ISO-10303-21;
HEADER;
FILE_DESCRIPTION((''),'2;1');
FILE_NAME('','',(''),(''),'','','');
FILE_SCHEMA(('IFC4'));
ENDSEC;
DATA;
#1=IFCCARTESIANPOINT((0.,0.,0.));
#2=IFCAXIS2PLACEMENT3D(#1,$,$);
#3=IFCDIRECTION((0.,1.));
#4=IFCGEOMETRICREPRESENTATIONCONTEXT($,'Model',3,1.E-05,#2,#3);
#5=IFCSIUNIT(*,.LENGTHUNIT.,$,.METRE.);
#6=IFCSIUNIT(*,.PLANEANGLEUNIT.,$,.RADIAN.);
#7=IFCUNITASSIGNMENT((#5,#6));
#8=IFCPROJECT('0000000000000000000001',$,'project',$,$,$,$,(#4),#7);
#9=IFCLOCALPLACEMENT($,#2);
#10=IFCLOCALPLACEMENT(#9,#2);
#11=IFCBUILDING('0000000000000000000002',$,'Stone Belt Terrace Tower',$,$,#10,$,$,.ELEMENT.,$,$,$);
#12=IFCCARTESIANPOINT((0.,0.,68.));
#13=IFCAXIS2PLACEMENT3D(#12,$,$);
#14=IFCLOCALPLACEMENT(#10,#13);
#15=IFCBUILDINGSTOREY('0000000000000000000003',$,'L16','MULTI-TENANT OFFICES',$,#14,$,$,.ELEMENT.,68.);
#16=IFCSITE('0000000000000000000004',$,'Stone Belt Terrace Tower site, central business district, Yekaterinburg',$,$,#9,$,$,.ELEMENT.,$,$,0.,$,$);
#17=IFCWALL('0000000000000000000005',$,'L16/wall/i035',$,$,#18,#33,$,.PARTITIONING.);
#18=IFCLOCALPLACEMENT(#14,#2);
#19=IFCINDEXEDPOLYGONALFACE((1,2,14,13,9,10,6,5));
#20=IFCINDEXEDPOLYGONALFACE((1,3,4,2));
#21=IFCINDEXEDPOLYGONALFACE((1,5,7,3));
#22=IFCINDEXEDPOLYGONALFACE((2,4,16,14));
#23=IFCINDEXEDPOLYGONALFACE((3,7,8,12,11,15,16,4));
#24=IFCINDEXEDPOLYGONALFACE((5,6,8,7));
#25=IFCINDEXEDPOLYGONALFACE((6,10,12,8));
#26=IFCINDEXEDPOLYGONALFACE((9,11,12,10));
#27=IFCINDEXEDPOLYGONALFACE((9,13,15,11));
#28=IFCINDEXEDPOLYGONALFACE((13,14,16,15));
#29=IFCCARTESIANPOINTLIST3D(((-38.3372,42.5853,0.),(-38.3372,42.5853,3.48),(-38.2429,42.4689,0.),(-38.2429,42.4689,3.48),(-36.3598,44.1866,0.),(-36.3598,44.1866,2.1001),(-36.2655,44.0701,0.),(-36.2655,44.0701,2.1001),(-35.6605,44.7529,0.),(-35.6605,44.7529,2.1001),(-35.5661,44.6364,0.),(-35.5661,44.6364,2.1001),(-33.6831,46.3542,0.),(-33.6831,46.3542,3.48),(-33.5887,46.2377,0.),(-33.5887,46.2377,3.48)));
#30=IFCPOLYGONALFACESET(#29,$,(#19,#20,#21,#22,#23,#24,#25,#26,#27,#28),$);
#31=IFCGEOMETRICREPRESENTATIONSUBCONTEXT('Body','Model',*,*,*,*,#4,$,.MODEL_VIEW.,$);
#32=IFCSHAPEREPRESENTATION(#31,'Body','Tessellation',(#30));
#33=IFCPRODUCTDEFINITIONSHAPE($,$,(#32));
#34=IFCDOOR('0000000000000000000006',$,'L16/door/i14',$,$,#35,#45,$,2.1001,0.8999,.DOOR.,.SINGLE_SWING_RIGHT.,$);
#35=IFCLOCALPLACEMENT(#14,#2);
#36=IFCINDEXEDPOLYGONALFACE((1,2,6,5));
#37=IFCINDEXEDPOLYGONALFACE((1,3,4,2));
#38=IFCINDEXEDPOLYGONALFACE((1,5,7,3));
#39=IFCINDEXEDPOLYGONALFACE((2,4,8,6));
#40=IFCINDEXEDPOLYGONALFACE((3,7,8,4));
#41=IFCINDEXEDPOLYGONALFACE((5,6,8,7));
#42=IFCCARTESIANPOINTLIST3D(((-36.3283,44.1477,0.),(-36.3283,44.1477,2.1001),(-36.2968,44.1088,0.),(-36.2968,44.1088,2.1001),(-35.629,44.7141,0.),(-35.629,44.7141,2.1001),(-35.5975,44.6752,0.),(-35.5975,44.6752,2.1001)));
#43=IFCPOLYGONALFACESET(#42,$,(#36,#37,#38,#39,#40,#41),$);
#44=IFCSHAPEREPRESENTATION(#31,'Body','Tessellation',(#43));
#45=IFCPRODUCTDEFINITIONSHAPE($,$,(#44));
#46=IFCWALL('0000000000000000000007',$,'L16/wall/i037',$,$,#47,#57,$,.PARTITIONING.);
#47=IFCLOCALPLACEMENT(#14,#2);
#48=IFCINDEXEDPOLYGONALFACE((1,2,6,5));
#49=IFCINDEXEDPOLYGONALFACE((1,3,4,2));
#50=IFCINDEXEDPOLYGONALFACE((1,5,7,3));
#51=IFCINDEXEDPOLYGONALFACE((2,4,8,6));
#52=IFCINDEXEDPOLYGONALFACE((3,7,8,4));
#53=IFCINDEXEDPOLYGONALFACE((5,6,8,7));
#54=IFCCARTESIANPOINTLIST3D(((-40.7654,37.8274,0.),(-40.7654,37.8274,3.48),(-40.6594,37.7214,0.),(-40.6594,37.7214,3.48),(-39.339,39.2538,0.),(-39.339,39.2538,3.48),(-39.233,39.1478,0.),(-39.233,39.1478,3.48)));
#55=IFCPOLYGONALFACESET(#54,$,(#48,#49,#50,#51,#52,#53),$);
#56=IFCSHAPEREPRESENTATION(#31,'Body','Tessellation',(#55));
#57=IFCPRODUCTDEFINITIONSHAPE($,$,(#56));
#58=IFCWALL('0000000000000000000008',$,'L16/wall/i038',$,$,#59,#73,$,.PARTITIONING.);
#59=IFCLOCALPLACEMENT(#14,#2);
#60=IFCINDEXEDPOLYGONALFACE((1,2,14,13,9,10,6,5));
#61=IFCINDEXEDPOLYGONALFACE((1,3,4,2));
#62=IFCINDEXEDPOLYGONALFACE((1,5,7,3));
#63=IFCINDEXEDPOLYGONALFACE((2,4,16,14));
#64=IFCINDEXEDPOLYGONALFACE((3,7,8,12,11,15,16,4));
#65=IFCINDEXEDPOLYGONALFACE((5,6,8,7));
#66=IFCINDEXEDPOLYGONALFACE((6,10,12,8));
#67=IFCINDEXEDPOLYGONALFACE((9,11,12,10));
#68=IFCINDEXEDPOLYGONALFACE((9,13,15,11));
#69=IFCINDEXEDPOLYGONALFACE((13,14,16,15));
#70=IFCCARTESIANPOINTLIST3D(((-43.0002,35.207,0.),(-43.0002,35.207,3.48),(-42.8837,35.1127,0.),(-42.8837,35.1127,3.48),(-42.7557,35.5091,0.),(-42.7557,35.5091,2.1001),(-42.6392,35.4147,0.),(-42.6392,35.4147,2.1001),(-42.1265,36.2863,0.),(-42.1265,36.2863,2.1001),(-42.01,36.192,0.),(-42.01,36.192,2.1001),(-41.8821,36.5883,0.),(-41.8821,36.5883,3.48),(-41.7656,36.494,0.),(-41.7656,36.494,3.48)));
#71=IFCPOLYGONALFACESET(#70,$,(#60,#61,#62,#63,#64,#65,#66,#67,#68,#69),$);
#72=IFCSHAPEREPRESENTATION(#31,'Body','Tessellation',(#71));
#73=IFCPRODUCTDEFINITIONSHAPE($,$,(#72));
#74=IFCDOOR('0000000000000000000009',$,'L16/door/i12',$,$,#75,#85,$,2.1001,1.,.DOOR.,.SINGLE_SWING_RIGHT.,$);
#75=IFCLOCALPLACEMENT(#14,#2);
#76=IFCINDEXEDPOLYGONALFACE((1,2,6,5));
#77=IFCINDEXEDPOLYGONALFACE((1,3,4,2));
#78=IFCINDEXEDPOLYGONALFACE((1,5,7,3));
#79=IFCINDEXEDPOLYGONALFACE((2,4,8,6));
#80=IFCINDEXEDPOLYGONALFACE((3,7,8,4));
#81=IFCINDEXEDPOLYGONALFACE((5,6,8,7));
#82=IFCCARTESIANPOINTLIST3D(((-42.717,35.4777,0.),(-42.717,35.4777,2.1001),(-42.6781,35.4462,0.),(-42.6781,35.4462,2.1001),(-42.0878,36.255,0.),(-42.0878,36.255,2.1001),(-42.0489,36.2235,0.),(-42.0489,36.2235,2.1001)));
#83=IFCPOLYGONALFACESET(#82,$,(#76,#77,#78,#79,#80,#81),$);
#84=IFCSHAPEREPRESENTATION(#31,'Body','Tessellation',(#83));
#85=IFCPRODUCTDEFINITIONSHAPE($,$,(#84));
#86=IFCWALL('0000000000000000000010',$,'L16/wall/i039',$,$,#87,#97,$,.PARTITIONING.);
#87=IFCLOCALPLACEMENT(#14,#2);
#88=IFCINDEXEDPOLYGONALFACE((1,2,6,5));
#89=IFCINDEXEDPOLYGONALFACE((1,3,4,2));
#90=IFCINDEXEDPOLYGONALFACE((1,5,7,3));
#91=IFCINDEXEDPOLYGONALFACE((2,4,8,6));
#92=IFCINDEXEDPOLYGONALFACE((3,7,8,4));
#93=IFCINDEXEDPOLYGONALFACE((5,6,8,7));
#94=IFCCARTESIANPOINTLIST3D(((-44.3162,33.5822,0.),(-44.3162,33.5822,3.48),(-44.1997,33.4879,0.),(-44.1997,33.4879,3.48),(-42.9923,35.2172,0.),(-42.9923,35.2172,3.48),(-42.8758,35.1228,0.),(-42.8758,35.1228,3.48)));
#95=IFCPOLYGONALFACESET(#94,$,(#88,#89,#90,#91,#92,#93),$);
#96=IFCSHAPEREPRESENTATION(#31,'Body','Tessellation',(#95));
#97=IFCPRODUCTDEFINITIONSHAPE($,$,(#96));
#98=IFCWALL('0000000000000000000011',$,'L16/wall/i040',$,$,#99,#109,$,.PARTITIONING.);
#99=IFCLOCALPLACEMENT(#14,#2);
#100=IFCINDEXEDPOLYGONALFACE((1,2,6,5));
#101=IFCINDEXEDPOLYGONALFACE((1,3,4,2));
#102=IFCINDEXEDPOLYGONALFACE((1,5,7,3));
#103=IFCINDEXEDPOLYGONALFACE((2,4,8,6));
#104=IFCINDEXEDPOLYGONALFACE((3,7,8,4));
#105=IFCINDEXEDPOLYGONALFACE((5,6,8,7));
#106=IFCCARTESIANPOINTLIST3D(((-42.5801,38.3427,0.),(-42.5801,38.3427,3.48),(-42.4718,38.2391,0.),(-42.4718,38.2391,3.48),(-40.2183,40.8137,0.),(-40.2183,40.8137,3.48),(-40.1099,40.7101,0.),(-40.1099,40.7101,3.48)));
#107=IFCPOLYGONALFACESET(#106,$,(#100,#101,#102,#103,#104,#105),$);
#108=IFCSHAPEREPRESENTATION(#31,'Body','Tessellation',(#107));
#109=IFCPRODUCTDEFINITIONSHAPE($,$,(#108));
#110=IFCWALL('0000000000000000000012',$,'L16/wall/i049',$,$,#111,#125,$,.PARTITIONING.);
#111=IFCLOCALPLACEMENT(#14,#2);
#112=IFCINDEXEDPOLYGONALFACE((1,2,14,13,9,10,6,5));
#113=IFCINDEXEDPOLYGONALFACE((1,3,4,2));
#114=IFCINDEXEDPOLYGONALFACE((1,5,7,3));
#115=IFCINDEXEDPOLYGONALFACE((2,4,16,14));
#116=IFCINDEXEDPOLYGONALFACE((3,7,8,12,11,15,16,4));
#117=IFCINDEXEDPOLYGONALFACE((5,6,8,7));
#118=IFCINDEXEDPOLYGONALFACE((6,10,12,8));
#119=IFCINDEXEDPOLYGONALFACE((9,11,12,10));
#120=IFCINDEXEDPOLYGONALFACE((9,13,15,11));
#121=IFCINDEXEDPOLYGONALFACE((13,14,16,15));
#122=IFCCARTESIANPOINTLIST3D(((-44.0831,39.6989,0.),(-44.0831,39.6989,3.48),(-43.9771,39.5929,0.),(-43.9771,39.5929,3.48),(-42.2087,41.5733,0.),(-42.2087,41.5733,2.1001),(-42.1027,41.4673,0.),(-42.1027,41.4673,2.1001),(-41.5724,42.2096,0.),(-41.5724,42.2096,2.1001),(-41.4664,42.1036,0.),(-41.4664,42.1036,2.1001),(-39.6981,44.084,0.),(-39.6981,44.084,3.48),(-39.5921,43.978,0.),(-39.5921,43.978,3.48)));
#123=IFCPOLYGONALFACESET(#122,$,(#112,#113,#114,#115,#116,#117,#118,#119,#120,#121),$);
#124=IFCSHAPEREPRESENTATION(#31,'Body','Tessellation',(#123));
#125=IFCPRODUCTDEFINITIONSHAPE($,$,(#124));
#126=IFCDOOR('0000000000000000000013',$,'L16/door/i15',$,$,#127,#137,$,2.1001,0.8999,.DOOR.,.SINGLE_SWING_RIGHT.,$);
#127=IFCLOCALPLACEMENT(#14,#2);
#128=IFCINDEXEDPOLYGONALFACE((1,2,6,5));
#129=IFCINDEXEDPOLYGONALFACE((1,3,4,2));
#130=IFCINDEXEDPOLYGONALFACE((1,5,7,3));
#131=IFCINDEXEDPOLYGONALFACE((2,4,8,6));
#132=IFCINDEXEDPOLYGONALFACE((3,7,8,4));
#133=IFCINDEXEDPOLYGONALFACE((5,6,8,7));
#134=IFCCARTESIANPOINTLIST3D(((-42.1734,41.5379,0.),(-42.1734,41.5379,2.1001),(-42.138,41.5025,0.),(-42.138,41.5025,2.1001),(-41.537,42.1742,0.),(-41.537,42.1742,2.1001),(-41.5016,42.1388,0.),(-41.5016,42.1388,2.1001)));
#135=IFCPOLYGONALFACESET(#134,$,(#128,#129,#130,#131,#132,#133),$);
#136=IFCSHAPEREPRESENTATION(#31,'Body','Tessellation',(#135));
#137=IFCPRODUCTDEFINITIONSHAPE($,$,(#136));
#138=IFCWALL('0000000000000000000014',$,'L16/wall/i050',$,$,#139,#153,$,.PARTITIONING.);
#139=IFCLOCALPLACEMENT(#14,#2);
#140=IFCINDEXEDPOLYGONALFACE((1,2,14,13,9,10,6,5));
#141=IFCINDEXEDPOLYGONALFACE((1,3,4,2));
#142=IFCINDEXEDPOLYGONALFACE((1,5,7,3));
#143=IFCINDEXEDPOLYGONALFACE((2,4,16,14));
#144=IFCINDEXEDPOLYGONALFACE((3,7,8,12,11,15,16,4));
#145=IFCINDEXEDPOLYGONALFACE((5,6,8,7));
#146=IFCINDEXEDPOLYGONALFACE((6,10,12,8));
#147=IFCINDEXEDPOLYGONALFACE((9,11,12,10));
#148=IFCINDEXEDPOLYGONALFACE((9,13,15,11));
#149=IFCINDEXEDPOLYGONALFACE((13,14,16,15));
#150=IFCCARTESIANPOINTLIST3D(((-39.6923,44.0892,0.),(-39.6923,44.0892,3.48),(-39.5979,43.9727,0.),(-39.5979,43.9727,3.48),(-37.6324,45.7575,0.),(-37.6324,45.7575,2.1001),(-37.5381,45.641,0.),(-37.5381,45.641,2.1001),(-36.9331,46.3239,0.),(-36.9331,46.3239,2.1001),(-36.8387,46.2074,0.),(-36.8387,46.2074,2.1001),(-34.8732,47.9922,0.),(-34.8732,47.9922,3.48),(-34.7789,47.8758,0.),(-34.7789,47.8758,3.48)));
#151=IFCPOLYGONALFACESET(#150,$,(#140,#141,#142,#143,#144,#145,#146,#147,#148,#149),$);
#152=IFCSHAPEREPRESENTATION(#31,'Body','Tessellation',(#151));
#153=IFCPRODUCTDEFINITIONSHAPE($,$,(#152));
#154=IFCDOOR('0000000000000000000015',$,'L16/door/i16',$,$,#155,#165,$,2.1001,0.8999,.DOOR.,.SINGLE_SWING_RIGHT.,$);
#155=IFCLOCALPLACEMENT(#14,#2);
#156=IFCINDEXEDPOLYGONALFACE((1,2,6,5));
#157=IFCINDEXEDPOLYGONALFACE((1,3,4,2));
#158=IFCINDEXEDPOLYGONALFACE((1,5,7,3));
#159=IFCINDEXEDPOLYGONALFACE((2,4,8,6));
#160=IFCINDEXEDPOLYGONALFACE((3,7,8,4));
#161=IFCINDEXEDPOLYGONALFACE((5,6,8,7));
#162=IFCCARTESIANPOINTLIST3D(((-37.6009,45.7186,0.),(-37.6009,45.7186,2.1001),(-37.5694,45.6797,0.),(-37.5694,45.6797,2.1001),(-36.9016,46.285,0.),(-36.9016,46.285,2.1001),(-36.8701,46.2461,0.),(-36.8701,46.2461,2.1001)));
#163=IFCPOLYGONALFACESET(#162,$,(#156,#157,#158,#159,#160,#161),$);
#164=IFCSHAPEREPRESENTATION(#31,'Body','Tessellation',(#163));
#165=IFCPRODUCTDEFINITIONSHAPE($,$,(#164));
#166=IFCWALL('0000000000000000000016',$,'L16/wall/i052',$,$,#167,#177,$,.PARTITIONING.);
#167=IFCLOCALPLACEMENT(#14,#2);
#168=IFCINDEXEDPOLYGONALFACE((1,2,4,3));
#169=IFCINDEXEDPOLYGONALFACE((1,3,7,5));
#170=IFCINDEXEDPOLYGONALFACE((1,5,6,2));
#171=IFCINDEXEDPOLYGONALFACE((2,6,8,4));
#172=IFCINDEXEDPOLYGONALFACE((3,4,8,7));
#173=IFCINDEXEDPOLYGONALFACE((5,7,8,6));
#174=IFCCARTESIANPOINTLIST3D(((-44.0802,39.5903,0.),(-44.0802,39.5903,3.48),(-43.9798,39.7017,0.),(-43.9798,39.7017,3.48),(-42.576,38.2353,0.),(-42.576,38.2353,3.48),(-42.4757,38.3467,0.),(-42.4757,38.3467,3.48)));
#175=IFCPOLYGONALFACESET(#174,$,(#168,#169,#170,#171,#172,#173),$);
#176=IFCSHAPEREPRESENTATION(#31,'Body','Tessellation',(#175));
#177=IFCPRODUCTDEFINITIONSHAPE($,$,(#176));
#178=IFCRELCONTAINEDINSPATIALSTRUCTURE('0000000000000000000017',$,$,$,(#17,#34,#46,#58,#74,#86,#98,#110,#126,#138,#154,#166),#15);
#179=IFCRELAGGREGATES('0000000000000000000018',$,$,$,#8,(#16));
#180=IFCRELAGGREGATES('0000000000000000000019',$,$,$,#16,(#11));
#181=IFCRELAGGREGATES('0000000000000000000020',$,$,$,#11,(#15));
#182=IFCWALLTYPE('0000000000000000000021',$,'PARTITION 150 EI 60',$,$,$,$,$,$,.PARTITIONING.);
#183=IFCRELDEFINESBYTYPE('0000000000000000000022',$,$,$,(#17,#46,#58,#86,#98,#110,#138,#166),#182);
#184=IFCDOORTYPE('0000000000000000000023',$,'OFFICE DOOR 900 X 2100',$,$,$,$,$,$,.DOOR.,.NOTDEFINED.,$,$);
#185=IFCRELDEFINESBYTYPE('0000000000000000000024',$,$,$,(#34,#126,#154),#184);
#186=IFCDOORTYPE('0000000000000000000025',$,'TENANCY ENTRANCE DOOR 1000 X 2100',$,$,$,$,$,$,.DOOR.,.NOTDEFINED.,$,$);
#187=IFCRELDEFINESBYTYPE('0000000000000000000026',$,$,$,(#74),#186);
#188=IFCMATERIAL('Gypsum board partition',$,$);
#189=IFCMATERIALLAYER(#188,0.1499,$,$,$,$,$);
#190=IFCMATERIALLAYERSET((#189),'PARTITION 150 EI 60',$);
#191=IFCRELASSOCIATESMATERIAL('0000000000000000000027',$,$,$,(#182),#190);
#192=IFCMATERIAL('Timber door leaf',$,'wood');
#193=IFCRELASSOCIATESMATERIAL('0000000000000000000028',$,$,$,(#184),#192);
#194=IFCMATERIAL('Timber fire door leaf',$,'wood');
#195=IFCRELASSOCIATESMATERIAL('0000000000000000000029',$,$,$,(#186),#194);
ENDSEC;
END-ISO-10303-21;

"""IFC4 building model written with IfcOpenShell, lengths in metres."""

from ifc_helpers import new_model, si_unit, direction, frame, frame_2d, origin, place, context, subcontext, project, spatial, rectangle, extrude, material, layer, layer_set, type_object, element, fill, save


model = new_model("IFC4")

# Units and contexts
model_context = context("Model", 3, precision=1e-05, world=origin(), true_north=direction((0.0, 1.0)))
body_context = subcontext(model_context, "Body", "Model", "MODEL_VIEW")
ifc_project = project(units=[si_unit("LENGTHUNIT", "METRE"), si_unit("PLANEANGLEUNIT", "RADIAN")], contexts=[model_context])

# Site, building, storey
site_placement = place(None, origin())
site = spatial("IfcSite", under=ifc_project, at=site_placement, Name="Stone Belt Terrace Tower site, central business district, Yekaterinburg", CompositionType="ELEMENT", RefElevation=0.0)
building_placement = place(site_placement, origin())
building = spatial("IfcBuilding", under=site, at=building_placement, Name="Stone Belt Terrace Tower", CompositionType="ELEMENT")
storey_placement = place(building_placement, frame((0.0, 0.0, 68.0)))
storey = spatial("IfcBuildingStorey", under=building, at=storey_placement, Name="L16", Description="MULTI-TENANT OFFICES", CompositionType="ELEMENT", Elevation=68.0)

# Shared definitions
ifc_material_1 = material(Name="Gypsum board partition")
ifc_layer_1 = layer(ifc_material_1, 0.1499)
ifc_layer_set_1 = layer_set([ifc_layer_1], Name="PARTITION 150 EI 60")
wall_type = type_object("IfcWallType", Name="PARTITION 150 EI 60", PredefinedType="PARTITIONING", material=ifc_layer_set_1)

# Wall, opening, door
wall_1_placement = place(storey_placement, frame((-38.29, 42.5271, 0.0), z_axis=(0.0, 0.0, 1.0), x_axis=(0.777144, 0.629323, 0.0)))
wall_1 = element("IfcWall", 1, at=wall_1_placement, inside=storey, type_object=wall_type, Name="L16/wall/i035", PredefinedType="PARTITIONING", context=body_context, shape_type="SweptSolid", body=[
    extrude(rectangle(XDim=5.9888, YDim=0.1499, at=frame_2d((2.9944, 0.0))), origin(), (0.0, 0.0, 1.0), 3.48),
])
opening_1_placement = place(wall_1_placement, frame((2.5444, 0.0, 0.0)))
opening_1 = element("IfcOpeningElement", 2, at=opening_1_placement, cuts=wall_1, PredefinedType="OPENING", context=body_context, shape_type="SweptSolid", body=[
    extrude(rectangle(XDim=0.8999, YDim=2.1001, at=frame_2d((0.45, 1.05))), frame((0.0, 0.085, 0.0), z_axis=(0.0, -1.0, 0.0), x_axis=(1.0, 0.0, 0.0)), (0.0, 0.0, 1.0), 0.1699),
])
ifc_material_2 = material(Name="Timber door leaf", Category="wood")
door_type_1 = type_object("IfcDoorType", Name="OFFICE DOOR 900 X 2100", OperationType="NOTDEFINED", PredefinedType="DOOR", material=ifc_material_2)
door_1_placement = place(opening_1_placement, origin())
door_1 = element("IfcDoor", 3, at=door_1_placement, inside=storey, type_object=door_type_1, Name="L16/door/i14", OperationType="SINGLE_SWING_RIGHT", OverallHeight=2.1001, OverallWidth=0.8999, PredefinedType="DOOR", context=body_context, shape_type="SweptSolid", body=[
    extrude(rectangle(XDim=0.8999, YDim=2.1001, at=frame_2d((0.45, 1.05))), frame((0.0, 0.0249, 0.0), z_axis=(0.0, -1.0, 0.0), x_axis=(1.0, 0.0, 0.0)), (0.0, 0.0, 1.0), 0.05),
])
fill(opening_1, door_1)

# Wall
wall_2_placement = place(storey_placement, frame((-39.2859, 39.2009, 0.0), z_axis=(0.0, 0.0, 1.0), x_axis=(-0.707107, -0.707107, 0.0)))
element("IfcWall", 4, at=wall_2_placement, inside=storey, type_object=wall_type, Name="L16/wall/i037", PredefinedType="PARTITIONING", context=body_context, shape_type="SweptSolid", body=[
    extrude(rectangle(XDim=2.0173, YDim=0.1499, at=frame_2d((1.0088, 0.0))), origin(), (0.0, 0.0, 1.0), 3.48),
])

# Wall, opening, door
wall_3_placement = place(storey_placement, frame((-41.8237, 36.5413, 0.0), z_axis=(0.0, 0.0, 1.0), x_axis=(-0.629175, -0.777264, 0.0)))
wall_3 = element("IfcWall", 5, at=wall_3_placement, inside=storey, type_object=wall_type, Name="L16/wall/i038", PredefinedType="PARTITIONING", context=body_context, shape_type="SweptSolid", body=[
    extrude(rectangle(XDim=1.7771, YDim=0.1499, at=frame_2d((0.8887, 0.0))), origin(), (0.0, 0.0, 1.0), 3.48),
])
opening_2_placement = place(wall_3_placement, frame((0.3887, 0.0, 0.0)))
opening_2 = element("IfcOpeningElement", 6, at=opening_2_placement, cuts=wall_3, PredefinedType="OPENING", context=body_context, shape_type="SweptSolid", body=[
    extrude(rectangle(XDim=1.0, YDim=2.1001, at=frame_2d((0.5, 1.05))), frame((0.0, 0.085, 0.0), z_axis=(0.0, -1.0, 0.0), x_axis=(1.0, 0.0, 0.0)), (0.0, 0.0, 1.0), 0.1699),
])
ifc_material_3 = material(Name="Timber fire door leaf", Category="wood")
door_type_2 = type_object("IfcDoorType", Name="TENANCY ENTRANCE DOOR 1000 X 2100", OperationType="NOTDEFINED", PredefinedType="DOOR", material=ifc_material_3)
door_2_placement = place(opening_2_placement, origin())
door_2 = element("IfcDoor", 7, at=door_2_placement, inside=storey, type_object=door_type_2, Name="L16/door/i12", OperationType="SINGLE_SWING_RIGHT", OverallHeight=2.1001, OverallWidth=1.0, PredefinedType="DOOR", context=body_context, shape_type="SweptSolid", body=[
    extrude(rectangle(XDim=1.0, YDim=2.1001, at=frame_2d((0.5, 1.05))), frame((0.0, 0.0249, 0.0), z_axis=(0.0, -1.0, 0.0), x_axis=(1.0, 0.0, 0.0)), (0.0, 0.0, 1.0), 0.05),
])
fill(opening_2, door_2)

# Walls
wall_4_placement = place(storey_placement, frame((-42.9341, 35.1699, 0.0), z_axis=(0.0, 0.0, 1.0), x_axis=(-0.629312, -0.777153, 0.0)))
element("IfcWall", 8, at=wall_4_placement, inside=storey, type_object=wall_type, Name="L16/wall/i039", PredefinedType="PARTITIONING", context=body_context, shape_type="SweptSolid", body=[
    extrude(rectangle(XDim=2.1038, YDim=0.1499, at=frame_2d((1.0518, 0.0))), origin(), (0.0, 0.0, 1.0), 3.48),
])
wall_5_placement = place(storey_placement, frame((-42.5259, 38.291, 0.0), z_axis=(0.0, 0.0, 1.0), x_axis=(0.690963, 0.72289, 0.0)))
element("IfcWall", 9, at=wall_5_placement, inside=storey, type_object=wall_type, Name="L16/wall/i040", PredefinedType="PARTITIONING", context=body_context, shape_type="SweptSolid", body=[
    extrude(rectangle(XDim=3.4182, YDim=0.1499, at=frame_2d((1.709, 0.0))), origin(), (0.0, 0.0, 1.0), 3.48),
])

# Walls, openings, doors
wall_6_placement = place(storey_placement, frame((-44.03, 39.646, 0.0), z_axis=(0.0, 0.0, 1.0), x_axis=(0.707107, 0.707107, 0.0)))
wall_6 = element("IfcWall", 10, at=wall_6_placement, inside=storey, type_object=wall_type, Name="L16/wall/i049", PredefinedType="PARTITIONING", context=body_context, shape_type="SweptSolid", body=[
    extrude(rectangle(XDim=6.2014, YDim=0.1499, at=frame_2d((3.1006, 0.0))), origin(), (0.0, 0.0, 1.0), 3.48),
])
opening_3_placement = place(wall_6_placement, frame((2.6506, 0.0, 0.0)))
opening_3 = element("IfcOpeningElement", 11, at=opening_3_placement, cuts=wall_6, PredefinedType="OPENING", context=body_context, shape_type="SweptSolid", body=[
    extrude(rectangle(XDim=0.8999, YDim=2.1001, at=frame_2d((0.45, 1.05))), frame((0.0, 0.085, 0.0), z_axis=(0.0, -1.0, 0.0), x_axis=(1.0, 0.0, 0.0)), (0.0, 0.0, 1.0), 0.1699),
])
door_3_placement = place(opening_3_placement, origin())
door_3 = element("IfcDoor", 12, at=door_3_placement, inside=storey, type_object=door_type_1, Name="L16/door/i15", OperationType="SINGLE_SWING_RIGHT", OverallHeight=2.1001, OverallWidth=0.8999, PredefinedType="DOOR", context=body_context, shape_type="SweptSolid", body=[
    extrude(rectangle(XDim=0.8999, YDim=2.1001, at=frame_2d((0.45, 1.05))), frame((0.0, 0.0249, 0.0), z_axis=(0.0, -1.0, 0.0), x_axis=(1.0, 0.0, 0.0)), (0.0, 0.0, 1.0), 0.05),
])
fill(opening_3, door_3)
wall_7_placement = place(storey_placement, frame((-39.645, 44.031, 0.0), z_axis=(0.0, 0.0, 1.0), x_axis=(0.777094, 0.629384, 0.0)))
wall_7 = element("IfcWall", 13, at=wall_7_placement, inside=storey, type_object=wall_type, Name="L16/wall/i050", PredefinedType="PARTITIONING", context=body_context, shape_type="SweptSolid", body=[
    extrude(rectangle(XDim=6.2014, YDim=0.1499, at=frame_2d((3.1006, 0.0))), origin(), (0.0, 0.0, 1.0), 3.48),
])
opening_4_placement = place(wall_7_placement, frame((2.6506, 0.0, 0.0)))
opening_4 = element("IfcOpeningElement", 14, at=opening_4_placement, cuts=wall_7, PredefinedType="OPENING", context=body_context, shape_type="SweptSolid", body=[
    extrude(rectangle(XDim=0.8999, YDim=2.1001, at=frame_2d((0.45, 1.05))), frame((0.0, 0.085, 0.0), z_axis=(0.0, -1.0, 0.0), x_axis=(1.0, 0.0, 0.0)), (0.0, 0.0, 1.0), 0.1699),
])
door_4_placement = place(opening_4_placement, origin())
door_4 = element("IfcDoor", 15, at=door_4_placement, inside=storey, type_object=door_type_1, Name="L16/door/i16", OperationType="SINGLE_SWING_RIGHT", OverallHeight=2.1001, OverallWidth=0.8999, PredefinedType="DOOR", context=body_context, shape_type="SweptSolid", body=[
    extrude(rectangle(XDim=0.8999, YDim=2.1001, at=frame_2d((0.45, 1.05))), frame((0.0, 0.0249, 0.0), z_axis=(0.0, -1.0, 0.0), x_axis=(1.0, 0.0, 0.0)), (0.0, 0.0, 1.0), 0.05),
])
fill(opening_4, door_4)

# Wall
wall_8_placement = place(storey_placement, frame((-42.5259, 38.291, 0.0), z_axis=(0.0, 0.0, 1.0), x_axis=(-0.742988, 0.669304, 0.0)))
element("IfcWall", 16, at=wall_8_placement, inside=storey, type_object=wall_type, Name="L16/wall/i052", PredefinedType="PARTITIONING", context=body_context, shape_type="SweptSolid", body=[
    extrude(rectangle(XDim=2.0244, YDim=0.1499, at=frame_2d((1.0122, 0.0))), origin(), (0.0, 0.0, 1.0), 3.48),
])

save(model, "model.ifc")
